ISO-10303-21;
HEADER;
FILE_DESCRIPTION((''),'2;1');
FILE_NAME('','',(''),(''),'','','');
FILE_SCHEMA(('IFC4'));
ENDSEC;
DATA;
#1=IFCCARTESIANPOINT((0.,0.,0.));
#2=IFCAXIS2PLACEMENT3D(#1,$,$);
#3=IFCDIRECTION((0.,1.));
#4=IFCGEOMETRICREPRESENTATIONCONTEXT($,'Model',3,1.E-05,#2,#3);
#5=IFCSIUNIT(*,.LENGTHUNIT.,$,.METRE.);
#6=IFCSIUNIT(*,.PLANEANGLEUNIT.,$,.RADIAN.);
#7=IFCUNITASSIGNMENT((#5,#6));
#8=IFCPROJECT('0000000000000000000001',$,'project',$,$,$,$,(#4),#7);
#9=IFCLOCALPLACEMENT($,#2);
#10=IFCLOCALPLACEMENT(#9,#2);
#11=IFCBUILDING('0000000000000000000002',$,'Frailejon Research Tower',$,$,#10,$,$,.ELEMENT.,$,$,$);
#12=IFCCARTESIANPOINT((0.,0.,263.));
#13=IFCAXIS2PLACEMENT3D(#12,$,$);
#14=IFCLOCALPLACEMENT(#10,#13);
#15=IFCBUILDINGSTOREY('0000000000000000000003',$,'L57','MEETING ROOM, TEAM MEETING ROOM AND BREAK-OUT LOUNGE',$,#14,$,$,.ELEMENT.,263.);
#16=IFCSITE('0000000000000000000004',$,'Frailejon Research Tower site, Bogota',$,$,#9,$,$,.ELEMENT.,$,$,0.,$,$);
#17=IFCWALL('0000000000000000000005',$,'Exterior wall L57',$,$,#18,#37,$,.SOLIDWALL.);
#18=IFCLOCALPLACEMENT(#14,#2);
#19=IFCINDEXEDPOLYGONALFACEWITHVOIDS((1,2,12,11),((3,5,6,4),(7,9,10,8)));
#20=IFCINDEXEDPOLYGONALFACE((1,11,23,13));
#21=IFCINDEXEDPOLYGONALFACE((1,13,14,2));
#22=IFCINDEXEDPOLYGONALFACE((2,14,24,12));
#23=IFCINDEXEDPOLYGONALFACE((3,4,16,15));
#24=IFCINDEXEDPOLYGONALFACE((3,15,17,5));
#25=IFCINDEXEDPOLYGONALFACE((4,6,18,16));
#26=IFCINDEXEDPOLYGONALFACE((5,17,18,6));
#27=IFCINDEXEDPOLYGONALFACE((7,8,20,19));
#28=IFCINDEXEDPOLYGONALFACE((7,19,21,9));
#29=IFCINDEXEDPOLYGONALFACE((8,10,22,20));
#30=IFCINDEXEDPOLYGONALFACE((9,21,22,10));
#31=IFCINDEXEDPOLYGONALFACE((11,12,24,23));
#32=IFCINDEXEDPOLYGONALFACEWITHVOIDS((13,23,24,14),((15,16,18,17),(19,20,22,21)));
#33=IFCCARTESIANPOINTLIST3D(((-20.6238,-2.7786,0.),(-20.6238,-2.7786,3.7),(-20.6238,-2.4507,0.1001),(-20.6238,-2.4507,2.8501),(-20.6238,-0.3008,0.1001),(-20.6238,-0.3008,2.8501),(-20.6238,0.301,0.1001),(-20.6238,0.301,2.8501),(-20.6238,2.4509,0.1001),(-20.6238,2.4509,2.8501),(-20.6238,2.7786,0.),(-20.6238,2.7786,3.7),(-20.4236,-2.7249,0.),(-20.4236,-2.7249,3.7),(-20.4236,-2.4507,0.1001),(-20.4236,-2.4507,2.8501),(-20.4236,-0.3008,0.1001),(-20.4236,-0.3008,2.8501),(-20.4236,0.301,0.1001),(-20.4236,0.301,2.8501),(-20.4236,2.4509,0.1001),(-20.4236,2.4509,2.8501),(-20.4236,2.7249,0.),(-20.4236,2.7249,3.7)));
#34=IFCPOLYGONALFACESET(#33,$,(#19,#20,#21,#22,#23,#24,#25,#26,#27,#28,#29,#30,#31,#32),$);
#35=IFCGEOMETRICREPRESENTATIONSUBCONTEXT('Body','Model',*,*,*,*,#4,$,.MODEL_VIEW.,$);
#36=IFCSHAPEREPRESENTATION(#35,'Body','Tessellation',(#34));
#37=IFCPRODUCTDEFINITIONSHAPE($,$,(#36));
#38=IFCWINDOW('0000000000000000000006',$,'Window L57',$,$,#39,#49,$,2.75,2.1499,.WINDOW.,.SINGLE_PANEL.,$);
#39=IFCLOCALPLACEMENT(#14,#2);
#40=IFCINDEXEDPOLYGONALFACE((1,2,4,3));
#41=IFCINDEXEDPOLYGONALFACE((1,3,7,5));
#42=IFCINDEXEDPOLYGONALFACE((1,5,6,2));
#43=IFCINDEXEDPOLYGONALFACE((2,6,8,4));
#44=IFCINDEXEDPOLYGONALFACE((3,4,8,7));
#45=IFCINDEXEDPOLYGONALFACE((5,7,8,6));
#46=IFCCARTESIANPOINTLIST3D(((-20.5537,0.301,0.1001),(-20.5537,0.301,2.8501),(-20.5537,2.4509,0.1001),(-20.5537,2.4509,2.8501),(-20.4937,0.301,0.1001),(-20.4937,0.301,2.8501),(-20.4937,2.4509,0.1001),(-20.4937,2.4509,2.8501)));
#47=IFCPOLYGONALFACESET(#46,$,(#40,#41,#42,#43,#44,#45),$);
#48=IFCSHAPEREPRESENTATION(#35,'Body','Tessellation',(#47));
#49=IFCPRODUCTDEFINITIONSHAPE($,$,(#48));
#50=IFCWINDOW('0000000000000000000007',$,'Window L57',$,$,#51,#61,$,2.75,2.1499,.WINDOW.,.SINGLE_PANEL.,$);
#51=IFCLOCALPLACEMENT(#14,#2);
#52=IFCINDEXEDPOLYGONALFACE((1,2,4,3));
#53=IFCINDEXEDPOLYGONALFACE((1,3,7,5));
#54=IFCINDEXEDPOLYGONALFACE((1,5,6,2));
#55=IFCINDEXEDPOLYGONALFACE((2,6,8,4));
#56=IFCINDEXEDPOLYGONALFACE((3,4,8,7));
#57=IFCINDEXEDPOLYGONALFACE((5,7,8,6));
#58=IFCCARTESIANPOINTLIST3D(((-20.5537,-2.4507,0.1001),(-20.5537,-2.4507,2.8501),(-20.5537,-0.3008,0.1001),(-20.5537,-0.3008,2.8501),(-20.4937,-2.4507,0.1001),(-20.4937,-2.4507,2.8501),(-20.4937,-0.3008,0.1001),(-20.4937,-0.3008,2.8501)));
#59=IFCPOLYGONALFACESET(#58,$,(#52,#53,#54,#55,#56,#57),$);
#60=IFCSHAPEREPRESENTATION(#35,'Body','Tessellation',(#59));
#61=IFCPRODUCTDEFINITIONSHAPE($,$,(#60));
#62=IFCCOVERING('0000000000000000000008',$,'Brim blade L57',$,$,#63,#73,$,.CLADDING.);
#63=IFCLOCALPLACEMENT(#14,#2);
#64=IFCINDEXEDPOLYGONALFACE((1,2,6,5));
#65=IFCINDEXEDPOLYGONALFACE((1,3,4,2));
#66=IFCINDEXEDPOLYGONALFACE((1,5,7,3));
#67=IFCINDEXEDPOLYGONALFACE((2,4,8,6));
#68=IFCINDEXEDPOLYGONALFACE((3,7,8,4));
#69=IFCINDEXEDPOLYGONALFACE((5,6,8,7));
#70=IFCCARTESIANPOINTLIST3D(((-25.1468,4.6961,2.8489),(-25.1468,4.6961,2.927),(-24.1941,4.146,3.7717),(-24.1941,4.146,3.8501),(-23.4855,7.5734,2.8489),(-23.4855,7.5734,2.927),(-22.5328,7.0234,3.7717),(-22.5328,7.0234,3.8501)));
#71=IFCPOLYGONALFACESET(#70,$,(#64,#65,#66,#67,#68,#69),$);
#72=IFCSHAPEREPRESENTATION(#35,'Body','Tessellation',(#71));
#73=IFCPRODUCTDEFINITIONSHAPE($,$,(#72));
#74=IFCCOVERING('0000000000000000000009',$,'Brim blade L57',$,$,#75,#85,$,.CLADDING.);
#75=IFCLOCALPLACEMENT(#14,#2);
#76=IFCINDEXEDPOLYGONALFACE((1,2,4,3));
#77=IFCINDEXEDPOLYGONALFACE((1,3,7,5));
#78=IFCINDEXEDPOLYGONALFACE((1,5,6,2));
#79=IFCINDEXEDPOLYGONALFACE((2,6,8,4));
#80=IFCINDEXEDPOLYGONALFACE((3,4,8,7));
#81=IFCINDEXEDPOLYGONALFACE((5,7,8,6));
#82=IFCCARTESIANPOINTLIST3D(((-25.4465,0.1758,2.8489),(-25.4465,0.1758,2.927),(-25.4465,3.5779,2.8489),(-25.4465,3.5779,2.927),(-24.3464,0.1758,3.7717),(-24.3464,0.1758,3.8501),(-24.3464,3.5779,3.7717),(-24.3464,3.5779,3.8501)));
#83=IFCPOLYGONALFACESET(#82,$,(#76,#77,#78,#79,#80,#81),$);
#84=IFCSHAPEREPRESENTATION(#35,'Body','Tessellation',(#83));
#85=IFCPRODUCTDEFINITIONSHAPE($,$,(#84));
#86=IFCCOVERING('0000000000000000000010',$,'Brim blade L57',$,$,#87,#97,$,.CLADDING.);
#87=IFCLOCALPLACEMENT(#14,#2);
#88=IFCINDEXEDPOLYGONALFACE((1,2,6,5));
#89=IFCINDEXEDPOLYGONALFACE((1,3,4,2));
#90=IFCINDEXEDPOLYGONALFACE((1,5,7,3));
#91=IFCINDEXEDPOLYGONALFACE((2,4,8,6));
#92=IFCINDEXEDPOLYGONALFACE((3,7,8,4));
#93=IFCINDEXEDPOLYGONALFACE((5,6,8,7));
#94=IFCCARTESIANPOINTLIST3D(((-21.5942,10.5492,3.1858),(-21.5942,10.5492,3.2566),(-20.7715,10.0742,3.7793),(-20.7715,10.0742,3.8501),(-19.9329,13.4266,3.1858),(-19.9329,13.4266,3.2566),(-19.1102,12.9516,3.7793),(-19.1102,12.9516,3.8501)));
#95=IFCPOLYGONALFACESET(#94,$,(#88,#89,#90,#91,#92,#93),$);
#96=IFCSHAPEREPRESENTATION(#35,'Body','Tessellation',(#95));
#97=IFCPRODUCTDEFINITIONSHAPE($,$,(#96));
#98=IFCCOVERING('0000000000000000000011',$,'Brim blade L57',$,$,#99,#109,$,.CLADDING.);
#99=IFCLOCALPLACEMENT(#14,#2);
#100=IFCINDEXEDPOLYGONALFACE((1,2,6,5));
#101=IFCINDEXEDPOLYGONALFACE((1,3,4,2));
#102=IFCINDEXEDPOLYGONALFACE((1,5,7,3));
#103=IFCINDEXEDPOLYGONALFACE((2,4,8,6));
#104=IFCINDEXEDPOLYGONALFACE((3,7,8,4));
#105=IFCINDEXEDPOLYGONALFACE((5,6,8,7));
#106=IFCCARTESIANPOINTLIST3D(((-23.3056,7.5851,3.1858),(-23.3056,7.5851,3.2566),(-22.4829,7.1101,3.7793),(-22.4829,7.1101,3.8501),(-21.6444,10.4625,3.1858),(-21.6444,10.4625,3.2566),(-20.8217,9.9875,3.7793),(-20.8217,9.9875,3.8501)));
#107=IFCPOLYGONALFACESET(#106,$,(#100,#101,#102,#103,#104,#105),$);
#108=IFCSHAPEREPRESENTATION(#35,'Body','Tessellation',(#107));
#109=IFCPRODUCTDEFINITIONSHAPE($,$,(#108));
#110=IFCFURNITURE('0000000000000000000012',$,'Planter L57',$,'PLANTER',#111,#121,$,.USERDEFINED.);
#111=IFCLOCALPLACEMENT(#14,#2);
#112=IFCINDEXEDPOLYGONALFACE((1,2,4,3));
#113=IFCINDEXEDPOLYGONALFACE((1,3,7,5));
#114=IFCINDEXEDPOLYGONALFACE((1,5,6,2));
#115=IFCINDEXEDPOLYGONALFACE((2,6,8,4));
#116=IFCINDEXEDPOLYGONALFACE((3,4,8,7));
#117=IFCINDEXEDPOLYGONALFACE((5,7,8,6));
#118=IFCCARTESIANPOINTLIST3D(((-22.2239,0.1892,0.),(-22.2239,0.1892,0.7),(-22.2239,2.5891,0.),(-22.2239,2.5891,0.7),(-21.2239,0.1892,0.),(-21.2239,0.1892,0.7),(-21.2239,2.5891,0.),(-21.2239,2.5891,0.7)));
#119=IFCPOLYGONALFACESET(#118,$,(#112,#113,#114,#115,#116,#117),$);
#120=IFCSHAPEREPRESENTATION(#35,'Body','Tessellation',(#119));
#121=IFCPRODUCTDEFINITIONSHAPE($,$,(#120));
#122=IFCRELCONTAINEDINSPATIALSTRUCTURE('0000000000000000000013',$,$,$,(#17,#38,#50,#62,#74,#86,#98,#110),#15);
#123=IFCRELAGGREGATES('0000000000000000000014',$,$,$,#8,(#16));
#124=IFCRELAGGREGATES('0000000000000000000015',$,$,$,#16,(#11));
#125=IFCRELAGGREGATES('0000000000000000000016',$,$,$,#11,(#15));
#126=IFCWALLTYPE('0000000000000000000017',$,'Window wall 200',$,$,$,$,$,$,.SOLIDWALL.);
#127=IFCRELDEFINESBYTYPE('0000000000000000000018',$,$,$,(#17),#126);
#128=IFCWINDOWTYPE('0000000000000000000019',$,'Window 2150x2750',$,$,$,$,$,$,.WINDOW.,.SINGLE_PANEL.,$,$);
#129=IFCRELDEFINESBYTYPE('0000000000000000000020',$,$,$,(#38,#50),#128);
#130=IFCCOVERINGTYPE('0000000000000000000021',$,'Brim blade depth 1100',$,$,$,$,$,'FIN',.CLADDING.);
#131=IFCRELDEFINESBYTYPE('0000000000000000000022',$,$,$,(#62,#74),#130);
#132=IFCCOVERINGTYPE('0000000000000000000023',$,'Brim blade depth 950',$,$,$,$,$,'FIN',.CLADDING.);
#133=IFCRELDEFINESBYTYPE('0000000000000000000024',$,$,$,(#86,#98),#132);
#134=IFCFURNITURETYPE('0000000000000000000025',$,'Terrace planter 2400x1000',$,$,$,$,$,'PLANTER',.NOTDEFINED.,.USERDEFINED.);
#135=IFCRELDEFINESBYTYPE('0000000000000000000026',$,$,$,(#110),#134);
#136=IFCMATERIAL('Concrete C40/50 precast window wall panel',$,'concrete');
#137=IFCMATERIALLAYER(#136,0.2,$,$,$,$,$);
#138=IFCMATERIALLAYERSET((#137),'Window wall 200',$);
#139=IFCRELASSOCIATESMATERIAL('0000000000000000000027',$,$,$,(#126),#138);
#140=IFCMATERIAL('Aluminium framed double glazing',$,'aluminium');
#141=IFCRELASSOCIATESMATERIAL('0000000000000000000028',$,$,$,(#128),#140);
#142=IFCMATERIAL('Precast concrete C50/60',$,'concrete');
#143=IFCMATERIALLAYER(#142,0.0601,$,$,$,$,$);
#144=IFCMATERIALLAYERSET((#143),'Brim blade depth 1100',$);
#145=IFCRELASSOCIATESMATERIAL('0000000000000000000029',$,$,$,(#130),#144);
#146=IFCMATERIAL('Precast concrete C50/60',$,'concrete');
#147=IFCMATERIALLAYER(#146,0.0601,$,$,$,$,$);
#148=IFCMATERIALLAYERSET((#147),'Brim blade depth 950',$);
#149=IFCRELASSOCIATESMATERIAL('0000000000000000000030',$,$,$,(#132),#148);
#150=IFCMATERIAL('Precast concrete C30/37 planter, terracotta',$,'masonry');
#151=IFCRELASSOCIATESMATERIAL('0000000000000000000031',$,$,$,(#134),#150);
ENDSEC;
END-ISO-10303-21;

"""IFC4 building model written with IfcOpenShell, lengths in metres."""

from ifc_helpers import new_model, si_unit, direction, frame, frame_2d, origin, origin_2d, place, context, subcontext, project, spatial, polyline, rectangle, outline, extrude, material, layer, layer_set, type_object, element, fill, save


model = new_model("IFC4")

# Units and contexts
model_context = context("Model", 3, precision=1e-05, world=origin(), true_north=direction((0.0, 1.0)))
body_context = subcontext(model_context, "Body", "Model", "MODEL_VIEW")
ifc_project = project(units=[si_unit("LENGTHUNIT", "METRE"), si_unit("PLANEANGLEUNIT", "RADIAN")], contexts=[model_context])

# Site, building, storey
site_placement = place(None, origin())
site = spatial("IfcSite", under=ifc_project, at=site_placement, Name="Frailejon Research Tower site, Bogota", CompositionType="ELEMENT", RefElevation=0.0)
building_placement = place(site_placement, origin())
building = spatial("IfcBuilding", under=site, at=building_placement, Name="Frailejon Research Tower", CompositionType="ELEMENT")
storey_placement = place(building_placement, frame((0.0, 0.0, 263.0)))
storey = spatial("IfcBuildingStorey", under=building, at=storey_placement, Name="L57", Description="MEETING ROOM, TEAM MEETING ROOM AND BREAK-OUT LOUNGE", CompositionType="ELEMENT", Elevation=263.0)

# Wall, openings, windows
ifc_material_1 = material(Name="Concrete C40/50 precast window wall panel", Category="concrete")
ifc_layer_1 = layer(ifc_material_1, 0.2)
ifc_layer_set_1 = layer_set([ifc_layer_1], Name="Window wall 200")
wall_type = type_object("IfcWallType", Name="Window wall 200", PredefinedType="SOLIDWALL", material=ifc_layer_set_1)
wall_placement = place(storey_placement, frame((-20.5237, 2.7517, 0.0), z_axis=(0.0, 0.0, 1.0), x_axis=(0.0, -1.0, 0.0)))
wall = element("IfcWall", 1, at=wall_placement, inside=storey, type_object=wall_type, Name="Exterior wall L57", PredefinedType="SOLIDWALL", context=body_context, shape_type="SweptSolid", body=[
    extrude(outline(polyline([(-0.0269, -0.1001), (1.0845, -0.1001), (2.196, -0.1001), (3.3074, -0.1001), (4.4189, -0.1001), (5.5303, -0.1001), (5.4766, 0.1001), (4.3867, 0.1001), (3.2966, 0.1001), (2.2068, 0.1001), (1.1167, 0.1001), (0.0269, 0.1001), (-0.0269, -0.1001)])), origin(), (0.0, 0.0, 1.0), 3.7),
])
opening_1_placement = place(wall_placement, frame((0.3008, 0.0, 0.1001)))
opening_1 = element("IfcOpeningElement", 2, at=opening_1_placement, cuts=wall, PredefinedType="OPENING", context=body_context, shape_type="SweptSolid", body=[
    extrude(rectangle(XDim=2.1499, YDim=2.75, at=frame_2d((1.075, 1.375))), frame((0.0, 0.1099, 0.0), z_axis=(0.0, -1.0, 0.0), x_axis=(1.0, 0.0, 0.0)), (0.0, 0.0, 1.0), 0.22),
])
opening_2_placement = place(wall_placement, frame((3.0525, 0.0, 0.1001)))
opening_2 = element("IfcOpeningElement", 3, at=opening_2_placement, cuts=wall, PredefinedType="OPENING", context=body_context, shape_type="SweptSolid", body=[
    extrude(rectangle(XDim=2.1499, YDim=2.75, at=frame_2d((1.075, 1.375))), frame((0.0, 0.1099, 0.0), z_axis=(0.0, -1.0, 0.0), x_axis=(1.0, 0.0, 0.0)), (0.0, 0.0, 1.0), 0.22),
])
ifc_material_2 = material(Name="Aluminium framed double glazing", Category="aluminium")
window_type = type_object("IfcWindowType", Name="Window 2150x2750", PartitioningType="SINGLE_PANEL", PredefinedType="WINDOW", material=ifc_material_2)
window_1_placement = place(opening_1_placement, origin())
window_1 = element("IfcWindow", 4, at=window_1_placement, inside=storey, type_object=window_type, Name="Window L57", OverallHeight=2.75, OverallWidth=2.1499, PartitioningType="SINGLE_PANEL", PredefinedType="WINDOW", context=body_context, shape_type="SweptSolid", body=[
    extrude(rectangle(XDim=2.1499, YDim=2.75, at=frame_2d((1.075, 1.375))), frame((0.0, 0.03, 0.0), z_axis=(0.0, -1.0, 0.0), x_axis=(1.0, 0.0, 0.0)), (0.0, 0.0, 1.0), 0.0601),
])
fill(opening_1, window_1)
window_2_placement = place(opening_2_placement, origin())
window_2 = element("IfcWindow", 5, at=window_2_placement, inside=storey, type_object=window_type, Name="Window L57", OverallHeight=2.75, OverallWidth=2.1499, PartitioningType="SINGLE_PANEL", PredefinedType="WINDOW", context=body_context, shape_type="SweptSolid", body=[
    extrude(rectangle(XDim=2.1499, YDim=2.75, at=frame_2d((1.075, 1.375))), frame((0.0, 0.03, 0.0), z_axis=(0.0, -1.0, 0.0), x_axis=(1.0, 0.0, 0.0)), (0.0, 0.0, 1.0), 0.0601),
])
fill(opening_2, window_2)

# Coverings
ifc_material_3 = material(Name="Precast concrete C50/60", Category="concrete")
ifc_layer_2 = layer(ifc_material_3, 0.0601)
ifc_layer_set_2 = layer_set([ifc_layer_2], Name="Brim blade depth 1100")
covering_type_1 = type_object("IfcCoveringType", Name="Brim blade depth 1100", ElementType="FIN", PredefinedType="CLADDING", material=ifc_layer_set_2)
covering_1_placement = place(storey_placement, frame((-24.1941, 4.146, 3.8501), z_axis=(0.500007, 0.866021, 0.0), x_axis=(-0.866021, 0.500007, 0.0)))
element("IfcCovering", 6, at=covering_1_placement, inside=storey, type_object=covering_type_1, Name="Brim blade L57", PredefinedType="CLADDING", context=body_context, shape_type="SweptSolid", body=[
    extrude(outline(polyline([(0.0, -0.0784), (1.1001, -1.0012), (1.1001, -0.9231), (0.0, 0.0), (0.0, -0.0784)])), origin(), (0.0, 0.0, 1.0), 3.3225),
])
covering_2_placement = place(storey_placement, frame((-24.3464, 0.1758, 3.8501), z_axis=(0.0, 1.0, 0.0), x_axis=(-1.0, 0.0, 0.0)))
element("IfcCovering", 7, at=covering_2_placement, inside=storey, type_object=covering_type_1, Name="Brim blade L57", PredefinedType="CLADDING", context=body_context, shape_type="SweptSolid", body=[
    extrude(outline(polyline([(0.0, -0.0784), (1.1001, -1.0012), (1.1001, -0.9231), (0.0, 0.0), (0.0, -0.0784)])), origin(), (0.0, 0.0, 1.0), 3.4021),
])
ifc_material_4 = material(Name="Precast concrete C50/60", Category="concrete")
ifc_layer_3 = layer(ifc_material_4, 0.0601)
ifc_layer_set_3 = layer_set([ifc_layer_3], Name="Brim blade depth 950")
covering_type_2 = type_object("IfcCoveringType", Name="Brim blade depth 950", ElementType="FIN", PredefinedType="CLADDING", material=ifc_layer_set_3)
for number, where, z_axis, x_axis, name in (
    (8, (-20.7715, 10.0742, 3.8501), (0.499995, 0.866028, 0.0), (-0.866028, 0.499995, 0.0), "Brim blade L57"),
    (9, (-22.4829, 7.1101, 3.8501), (0.499995, 0.866028, 0.0), (-0.866028, 0.499995, 0.0), "Brim blade L57"),
):
    element("IfcCovering", number, at=place(storey_placement, frame(where, z_axis=z_axis, x_axis=x_axis)), inside=storey, type_object=covering_type_2, Name=name, PredefinedType="CLADDING", context=body_context, shape_type="SweptSolid", body=[
        extrude(outline(polyline([(0.0, -0.0708), (0.95, -0.6643), (0.95, -0.5935), (0.0, 0.0), (0.0, -0.0708)])), origin(), (0.0, 0.0, 1.0), 3.3225),
    ])

# Furniture
ifc_material_5 = material(Name="Precast concrete C30/37 planter, terracotta", Category="masonry")
furniture_type = type_object("IfcFurnitureType", Name="Terrace planter 2400x1000", ElementType="PLANTER", AssemblyPlace="NOTDEFINED", PredefinedType="USERDEFINED", material=ifc_material_5)
furniture_placement = place(storey_placement, frame((-21.7239, 1.3892, 0.0), z_axis=(0.0, 0.0, 1.0), x_axis=(0.0, -1.0, 0.0)))
element("IfcFurniture", 10, at=furniture_placement, inside=storey, type_object=furniture_type, Name="Planter L57", ObjectType="PLANTER", PredefinedType="USERDEFINED", context=body_context, shape_type="SweptSolid", body=[
    extrude(rectangle(XDim=2.3999, YDim=1.0, at=origin_2d()), origin(), (0.0, 0.0, 1.0), 0.7),
])

save(model, "model.ifc")
